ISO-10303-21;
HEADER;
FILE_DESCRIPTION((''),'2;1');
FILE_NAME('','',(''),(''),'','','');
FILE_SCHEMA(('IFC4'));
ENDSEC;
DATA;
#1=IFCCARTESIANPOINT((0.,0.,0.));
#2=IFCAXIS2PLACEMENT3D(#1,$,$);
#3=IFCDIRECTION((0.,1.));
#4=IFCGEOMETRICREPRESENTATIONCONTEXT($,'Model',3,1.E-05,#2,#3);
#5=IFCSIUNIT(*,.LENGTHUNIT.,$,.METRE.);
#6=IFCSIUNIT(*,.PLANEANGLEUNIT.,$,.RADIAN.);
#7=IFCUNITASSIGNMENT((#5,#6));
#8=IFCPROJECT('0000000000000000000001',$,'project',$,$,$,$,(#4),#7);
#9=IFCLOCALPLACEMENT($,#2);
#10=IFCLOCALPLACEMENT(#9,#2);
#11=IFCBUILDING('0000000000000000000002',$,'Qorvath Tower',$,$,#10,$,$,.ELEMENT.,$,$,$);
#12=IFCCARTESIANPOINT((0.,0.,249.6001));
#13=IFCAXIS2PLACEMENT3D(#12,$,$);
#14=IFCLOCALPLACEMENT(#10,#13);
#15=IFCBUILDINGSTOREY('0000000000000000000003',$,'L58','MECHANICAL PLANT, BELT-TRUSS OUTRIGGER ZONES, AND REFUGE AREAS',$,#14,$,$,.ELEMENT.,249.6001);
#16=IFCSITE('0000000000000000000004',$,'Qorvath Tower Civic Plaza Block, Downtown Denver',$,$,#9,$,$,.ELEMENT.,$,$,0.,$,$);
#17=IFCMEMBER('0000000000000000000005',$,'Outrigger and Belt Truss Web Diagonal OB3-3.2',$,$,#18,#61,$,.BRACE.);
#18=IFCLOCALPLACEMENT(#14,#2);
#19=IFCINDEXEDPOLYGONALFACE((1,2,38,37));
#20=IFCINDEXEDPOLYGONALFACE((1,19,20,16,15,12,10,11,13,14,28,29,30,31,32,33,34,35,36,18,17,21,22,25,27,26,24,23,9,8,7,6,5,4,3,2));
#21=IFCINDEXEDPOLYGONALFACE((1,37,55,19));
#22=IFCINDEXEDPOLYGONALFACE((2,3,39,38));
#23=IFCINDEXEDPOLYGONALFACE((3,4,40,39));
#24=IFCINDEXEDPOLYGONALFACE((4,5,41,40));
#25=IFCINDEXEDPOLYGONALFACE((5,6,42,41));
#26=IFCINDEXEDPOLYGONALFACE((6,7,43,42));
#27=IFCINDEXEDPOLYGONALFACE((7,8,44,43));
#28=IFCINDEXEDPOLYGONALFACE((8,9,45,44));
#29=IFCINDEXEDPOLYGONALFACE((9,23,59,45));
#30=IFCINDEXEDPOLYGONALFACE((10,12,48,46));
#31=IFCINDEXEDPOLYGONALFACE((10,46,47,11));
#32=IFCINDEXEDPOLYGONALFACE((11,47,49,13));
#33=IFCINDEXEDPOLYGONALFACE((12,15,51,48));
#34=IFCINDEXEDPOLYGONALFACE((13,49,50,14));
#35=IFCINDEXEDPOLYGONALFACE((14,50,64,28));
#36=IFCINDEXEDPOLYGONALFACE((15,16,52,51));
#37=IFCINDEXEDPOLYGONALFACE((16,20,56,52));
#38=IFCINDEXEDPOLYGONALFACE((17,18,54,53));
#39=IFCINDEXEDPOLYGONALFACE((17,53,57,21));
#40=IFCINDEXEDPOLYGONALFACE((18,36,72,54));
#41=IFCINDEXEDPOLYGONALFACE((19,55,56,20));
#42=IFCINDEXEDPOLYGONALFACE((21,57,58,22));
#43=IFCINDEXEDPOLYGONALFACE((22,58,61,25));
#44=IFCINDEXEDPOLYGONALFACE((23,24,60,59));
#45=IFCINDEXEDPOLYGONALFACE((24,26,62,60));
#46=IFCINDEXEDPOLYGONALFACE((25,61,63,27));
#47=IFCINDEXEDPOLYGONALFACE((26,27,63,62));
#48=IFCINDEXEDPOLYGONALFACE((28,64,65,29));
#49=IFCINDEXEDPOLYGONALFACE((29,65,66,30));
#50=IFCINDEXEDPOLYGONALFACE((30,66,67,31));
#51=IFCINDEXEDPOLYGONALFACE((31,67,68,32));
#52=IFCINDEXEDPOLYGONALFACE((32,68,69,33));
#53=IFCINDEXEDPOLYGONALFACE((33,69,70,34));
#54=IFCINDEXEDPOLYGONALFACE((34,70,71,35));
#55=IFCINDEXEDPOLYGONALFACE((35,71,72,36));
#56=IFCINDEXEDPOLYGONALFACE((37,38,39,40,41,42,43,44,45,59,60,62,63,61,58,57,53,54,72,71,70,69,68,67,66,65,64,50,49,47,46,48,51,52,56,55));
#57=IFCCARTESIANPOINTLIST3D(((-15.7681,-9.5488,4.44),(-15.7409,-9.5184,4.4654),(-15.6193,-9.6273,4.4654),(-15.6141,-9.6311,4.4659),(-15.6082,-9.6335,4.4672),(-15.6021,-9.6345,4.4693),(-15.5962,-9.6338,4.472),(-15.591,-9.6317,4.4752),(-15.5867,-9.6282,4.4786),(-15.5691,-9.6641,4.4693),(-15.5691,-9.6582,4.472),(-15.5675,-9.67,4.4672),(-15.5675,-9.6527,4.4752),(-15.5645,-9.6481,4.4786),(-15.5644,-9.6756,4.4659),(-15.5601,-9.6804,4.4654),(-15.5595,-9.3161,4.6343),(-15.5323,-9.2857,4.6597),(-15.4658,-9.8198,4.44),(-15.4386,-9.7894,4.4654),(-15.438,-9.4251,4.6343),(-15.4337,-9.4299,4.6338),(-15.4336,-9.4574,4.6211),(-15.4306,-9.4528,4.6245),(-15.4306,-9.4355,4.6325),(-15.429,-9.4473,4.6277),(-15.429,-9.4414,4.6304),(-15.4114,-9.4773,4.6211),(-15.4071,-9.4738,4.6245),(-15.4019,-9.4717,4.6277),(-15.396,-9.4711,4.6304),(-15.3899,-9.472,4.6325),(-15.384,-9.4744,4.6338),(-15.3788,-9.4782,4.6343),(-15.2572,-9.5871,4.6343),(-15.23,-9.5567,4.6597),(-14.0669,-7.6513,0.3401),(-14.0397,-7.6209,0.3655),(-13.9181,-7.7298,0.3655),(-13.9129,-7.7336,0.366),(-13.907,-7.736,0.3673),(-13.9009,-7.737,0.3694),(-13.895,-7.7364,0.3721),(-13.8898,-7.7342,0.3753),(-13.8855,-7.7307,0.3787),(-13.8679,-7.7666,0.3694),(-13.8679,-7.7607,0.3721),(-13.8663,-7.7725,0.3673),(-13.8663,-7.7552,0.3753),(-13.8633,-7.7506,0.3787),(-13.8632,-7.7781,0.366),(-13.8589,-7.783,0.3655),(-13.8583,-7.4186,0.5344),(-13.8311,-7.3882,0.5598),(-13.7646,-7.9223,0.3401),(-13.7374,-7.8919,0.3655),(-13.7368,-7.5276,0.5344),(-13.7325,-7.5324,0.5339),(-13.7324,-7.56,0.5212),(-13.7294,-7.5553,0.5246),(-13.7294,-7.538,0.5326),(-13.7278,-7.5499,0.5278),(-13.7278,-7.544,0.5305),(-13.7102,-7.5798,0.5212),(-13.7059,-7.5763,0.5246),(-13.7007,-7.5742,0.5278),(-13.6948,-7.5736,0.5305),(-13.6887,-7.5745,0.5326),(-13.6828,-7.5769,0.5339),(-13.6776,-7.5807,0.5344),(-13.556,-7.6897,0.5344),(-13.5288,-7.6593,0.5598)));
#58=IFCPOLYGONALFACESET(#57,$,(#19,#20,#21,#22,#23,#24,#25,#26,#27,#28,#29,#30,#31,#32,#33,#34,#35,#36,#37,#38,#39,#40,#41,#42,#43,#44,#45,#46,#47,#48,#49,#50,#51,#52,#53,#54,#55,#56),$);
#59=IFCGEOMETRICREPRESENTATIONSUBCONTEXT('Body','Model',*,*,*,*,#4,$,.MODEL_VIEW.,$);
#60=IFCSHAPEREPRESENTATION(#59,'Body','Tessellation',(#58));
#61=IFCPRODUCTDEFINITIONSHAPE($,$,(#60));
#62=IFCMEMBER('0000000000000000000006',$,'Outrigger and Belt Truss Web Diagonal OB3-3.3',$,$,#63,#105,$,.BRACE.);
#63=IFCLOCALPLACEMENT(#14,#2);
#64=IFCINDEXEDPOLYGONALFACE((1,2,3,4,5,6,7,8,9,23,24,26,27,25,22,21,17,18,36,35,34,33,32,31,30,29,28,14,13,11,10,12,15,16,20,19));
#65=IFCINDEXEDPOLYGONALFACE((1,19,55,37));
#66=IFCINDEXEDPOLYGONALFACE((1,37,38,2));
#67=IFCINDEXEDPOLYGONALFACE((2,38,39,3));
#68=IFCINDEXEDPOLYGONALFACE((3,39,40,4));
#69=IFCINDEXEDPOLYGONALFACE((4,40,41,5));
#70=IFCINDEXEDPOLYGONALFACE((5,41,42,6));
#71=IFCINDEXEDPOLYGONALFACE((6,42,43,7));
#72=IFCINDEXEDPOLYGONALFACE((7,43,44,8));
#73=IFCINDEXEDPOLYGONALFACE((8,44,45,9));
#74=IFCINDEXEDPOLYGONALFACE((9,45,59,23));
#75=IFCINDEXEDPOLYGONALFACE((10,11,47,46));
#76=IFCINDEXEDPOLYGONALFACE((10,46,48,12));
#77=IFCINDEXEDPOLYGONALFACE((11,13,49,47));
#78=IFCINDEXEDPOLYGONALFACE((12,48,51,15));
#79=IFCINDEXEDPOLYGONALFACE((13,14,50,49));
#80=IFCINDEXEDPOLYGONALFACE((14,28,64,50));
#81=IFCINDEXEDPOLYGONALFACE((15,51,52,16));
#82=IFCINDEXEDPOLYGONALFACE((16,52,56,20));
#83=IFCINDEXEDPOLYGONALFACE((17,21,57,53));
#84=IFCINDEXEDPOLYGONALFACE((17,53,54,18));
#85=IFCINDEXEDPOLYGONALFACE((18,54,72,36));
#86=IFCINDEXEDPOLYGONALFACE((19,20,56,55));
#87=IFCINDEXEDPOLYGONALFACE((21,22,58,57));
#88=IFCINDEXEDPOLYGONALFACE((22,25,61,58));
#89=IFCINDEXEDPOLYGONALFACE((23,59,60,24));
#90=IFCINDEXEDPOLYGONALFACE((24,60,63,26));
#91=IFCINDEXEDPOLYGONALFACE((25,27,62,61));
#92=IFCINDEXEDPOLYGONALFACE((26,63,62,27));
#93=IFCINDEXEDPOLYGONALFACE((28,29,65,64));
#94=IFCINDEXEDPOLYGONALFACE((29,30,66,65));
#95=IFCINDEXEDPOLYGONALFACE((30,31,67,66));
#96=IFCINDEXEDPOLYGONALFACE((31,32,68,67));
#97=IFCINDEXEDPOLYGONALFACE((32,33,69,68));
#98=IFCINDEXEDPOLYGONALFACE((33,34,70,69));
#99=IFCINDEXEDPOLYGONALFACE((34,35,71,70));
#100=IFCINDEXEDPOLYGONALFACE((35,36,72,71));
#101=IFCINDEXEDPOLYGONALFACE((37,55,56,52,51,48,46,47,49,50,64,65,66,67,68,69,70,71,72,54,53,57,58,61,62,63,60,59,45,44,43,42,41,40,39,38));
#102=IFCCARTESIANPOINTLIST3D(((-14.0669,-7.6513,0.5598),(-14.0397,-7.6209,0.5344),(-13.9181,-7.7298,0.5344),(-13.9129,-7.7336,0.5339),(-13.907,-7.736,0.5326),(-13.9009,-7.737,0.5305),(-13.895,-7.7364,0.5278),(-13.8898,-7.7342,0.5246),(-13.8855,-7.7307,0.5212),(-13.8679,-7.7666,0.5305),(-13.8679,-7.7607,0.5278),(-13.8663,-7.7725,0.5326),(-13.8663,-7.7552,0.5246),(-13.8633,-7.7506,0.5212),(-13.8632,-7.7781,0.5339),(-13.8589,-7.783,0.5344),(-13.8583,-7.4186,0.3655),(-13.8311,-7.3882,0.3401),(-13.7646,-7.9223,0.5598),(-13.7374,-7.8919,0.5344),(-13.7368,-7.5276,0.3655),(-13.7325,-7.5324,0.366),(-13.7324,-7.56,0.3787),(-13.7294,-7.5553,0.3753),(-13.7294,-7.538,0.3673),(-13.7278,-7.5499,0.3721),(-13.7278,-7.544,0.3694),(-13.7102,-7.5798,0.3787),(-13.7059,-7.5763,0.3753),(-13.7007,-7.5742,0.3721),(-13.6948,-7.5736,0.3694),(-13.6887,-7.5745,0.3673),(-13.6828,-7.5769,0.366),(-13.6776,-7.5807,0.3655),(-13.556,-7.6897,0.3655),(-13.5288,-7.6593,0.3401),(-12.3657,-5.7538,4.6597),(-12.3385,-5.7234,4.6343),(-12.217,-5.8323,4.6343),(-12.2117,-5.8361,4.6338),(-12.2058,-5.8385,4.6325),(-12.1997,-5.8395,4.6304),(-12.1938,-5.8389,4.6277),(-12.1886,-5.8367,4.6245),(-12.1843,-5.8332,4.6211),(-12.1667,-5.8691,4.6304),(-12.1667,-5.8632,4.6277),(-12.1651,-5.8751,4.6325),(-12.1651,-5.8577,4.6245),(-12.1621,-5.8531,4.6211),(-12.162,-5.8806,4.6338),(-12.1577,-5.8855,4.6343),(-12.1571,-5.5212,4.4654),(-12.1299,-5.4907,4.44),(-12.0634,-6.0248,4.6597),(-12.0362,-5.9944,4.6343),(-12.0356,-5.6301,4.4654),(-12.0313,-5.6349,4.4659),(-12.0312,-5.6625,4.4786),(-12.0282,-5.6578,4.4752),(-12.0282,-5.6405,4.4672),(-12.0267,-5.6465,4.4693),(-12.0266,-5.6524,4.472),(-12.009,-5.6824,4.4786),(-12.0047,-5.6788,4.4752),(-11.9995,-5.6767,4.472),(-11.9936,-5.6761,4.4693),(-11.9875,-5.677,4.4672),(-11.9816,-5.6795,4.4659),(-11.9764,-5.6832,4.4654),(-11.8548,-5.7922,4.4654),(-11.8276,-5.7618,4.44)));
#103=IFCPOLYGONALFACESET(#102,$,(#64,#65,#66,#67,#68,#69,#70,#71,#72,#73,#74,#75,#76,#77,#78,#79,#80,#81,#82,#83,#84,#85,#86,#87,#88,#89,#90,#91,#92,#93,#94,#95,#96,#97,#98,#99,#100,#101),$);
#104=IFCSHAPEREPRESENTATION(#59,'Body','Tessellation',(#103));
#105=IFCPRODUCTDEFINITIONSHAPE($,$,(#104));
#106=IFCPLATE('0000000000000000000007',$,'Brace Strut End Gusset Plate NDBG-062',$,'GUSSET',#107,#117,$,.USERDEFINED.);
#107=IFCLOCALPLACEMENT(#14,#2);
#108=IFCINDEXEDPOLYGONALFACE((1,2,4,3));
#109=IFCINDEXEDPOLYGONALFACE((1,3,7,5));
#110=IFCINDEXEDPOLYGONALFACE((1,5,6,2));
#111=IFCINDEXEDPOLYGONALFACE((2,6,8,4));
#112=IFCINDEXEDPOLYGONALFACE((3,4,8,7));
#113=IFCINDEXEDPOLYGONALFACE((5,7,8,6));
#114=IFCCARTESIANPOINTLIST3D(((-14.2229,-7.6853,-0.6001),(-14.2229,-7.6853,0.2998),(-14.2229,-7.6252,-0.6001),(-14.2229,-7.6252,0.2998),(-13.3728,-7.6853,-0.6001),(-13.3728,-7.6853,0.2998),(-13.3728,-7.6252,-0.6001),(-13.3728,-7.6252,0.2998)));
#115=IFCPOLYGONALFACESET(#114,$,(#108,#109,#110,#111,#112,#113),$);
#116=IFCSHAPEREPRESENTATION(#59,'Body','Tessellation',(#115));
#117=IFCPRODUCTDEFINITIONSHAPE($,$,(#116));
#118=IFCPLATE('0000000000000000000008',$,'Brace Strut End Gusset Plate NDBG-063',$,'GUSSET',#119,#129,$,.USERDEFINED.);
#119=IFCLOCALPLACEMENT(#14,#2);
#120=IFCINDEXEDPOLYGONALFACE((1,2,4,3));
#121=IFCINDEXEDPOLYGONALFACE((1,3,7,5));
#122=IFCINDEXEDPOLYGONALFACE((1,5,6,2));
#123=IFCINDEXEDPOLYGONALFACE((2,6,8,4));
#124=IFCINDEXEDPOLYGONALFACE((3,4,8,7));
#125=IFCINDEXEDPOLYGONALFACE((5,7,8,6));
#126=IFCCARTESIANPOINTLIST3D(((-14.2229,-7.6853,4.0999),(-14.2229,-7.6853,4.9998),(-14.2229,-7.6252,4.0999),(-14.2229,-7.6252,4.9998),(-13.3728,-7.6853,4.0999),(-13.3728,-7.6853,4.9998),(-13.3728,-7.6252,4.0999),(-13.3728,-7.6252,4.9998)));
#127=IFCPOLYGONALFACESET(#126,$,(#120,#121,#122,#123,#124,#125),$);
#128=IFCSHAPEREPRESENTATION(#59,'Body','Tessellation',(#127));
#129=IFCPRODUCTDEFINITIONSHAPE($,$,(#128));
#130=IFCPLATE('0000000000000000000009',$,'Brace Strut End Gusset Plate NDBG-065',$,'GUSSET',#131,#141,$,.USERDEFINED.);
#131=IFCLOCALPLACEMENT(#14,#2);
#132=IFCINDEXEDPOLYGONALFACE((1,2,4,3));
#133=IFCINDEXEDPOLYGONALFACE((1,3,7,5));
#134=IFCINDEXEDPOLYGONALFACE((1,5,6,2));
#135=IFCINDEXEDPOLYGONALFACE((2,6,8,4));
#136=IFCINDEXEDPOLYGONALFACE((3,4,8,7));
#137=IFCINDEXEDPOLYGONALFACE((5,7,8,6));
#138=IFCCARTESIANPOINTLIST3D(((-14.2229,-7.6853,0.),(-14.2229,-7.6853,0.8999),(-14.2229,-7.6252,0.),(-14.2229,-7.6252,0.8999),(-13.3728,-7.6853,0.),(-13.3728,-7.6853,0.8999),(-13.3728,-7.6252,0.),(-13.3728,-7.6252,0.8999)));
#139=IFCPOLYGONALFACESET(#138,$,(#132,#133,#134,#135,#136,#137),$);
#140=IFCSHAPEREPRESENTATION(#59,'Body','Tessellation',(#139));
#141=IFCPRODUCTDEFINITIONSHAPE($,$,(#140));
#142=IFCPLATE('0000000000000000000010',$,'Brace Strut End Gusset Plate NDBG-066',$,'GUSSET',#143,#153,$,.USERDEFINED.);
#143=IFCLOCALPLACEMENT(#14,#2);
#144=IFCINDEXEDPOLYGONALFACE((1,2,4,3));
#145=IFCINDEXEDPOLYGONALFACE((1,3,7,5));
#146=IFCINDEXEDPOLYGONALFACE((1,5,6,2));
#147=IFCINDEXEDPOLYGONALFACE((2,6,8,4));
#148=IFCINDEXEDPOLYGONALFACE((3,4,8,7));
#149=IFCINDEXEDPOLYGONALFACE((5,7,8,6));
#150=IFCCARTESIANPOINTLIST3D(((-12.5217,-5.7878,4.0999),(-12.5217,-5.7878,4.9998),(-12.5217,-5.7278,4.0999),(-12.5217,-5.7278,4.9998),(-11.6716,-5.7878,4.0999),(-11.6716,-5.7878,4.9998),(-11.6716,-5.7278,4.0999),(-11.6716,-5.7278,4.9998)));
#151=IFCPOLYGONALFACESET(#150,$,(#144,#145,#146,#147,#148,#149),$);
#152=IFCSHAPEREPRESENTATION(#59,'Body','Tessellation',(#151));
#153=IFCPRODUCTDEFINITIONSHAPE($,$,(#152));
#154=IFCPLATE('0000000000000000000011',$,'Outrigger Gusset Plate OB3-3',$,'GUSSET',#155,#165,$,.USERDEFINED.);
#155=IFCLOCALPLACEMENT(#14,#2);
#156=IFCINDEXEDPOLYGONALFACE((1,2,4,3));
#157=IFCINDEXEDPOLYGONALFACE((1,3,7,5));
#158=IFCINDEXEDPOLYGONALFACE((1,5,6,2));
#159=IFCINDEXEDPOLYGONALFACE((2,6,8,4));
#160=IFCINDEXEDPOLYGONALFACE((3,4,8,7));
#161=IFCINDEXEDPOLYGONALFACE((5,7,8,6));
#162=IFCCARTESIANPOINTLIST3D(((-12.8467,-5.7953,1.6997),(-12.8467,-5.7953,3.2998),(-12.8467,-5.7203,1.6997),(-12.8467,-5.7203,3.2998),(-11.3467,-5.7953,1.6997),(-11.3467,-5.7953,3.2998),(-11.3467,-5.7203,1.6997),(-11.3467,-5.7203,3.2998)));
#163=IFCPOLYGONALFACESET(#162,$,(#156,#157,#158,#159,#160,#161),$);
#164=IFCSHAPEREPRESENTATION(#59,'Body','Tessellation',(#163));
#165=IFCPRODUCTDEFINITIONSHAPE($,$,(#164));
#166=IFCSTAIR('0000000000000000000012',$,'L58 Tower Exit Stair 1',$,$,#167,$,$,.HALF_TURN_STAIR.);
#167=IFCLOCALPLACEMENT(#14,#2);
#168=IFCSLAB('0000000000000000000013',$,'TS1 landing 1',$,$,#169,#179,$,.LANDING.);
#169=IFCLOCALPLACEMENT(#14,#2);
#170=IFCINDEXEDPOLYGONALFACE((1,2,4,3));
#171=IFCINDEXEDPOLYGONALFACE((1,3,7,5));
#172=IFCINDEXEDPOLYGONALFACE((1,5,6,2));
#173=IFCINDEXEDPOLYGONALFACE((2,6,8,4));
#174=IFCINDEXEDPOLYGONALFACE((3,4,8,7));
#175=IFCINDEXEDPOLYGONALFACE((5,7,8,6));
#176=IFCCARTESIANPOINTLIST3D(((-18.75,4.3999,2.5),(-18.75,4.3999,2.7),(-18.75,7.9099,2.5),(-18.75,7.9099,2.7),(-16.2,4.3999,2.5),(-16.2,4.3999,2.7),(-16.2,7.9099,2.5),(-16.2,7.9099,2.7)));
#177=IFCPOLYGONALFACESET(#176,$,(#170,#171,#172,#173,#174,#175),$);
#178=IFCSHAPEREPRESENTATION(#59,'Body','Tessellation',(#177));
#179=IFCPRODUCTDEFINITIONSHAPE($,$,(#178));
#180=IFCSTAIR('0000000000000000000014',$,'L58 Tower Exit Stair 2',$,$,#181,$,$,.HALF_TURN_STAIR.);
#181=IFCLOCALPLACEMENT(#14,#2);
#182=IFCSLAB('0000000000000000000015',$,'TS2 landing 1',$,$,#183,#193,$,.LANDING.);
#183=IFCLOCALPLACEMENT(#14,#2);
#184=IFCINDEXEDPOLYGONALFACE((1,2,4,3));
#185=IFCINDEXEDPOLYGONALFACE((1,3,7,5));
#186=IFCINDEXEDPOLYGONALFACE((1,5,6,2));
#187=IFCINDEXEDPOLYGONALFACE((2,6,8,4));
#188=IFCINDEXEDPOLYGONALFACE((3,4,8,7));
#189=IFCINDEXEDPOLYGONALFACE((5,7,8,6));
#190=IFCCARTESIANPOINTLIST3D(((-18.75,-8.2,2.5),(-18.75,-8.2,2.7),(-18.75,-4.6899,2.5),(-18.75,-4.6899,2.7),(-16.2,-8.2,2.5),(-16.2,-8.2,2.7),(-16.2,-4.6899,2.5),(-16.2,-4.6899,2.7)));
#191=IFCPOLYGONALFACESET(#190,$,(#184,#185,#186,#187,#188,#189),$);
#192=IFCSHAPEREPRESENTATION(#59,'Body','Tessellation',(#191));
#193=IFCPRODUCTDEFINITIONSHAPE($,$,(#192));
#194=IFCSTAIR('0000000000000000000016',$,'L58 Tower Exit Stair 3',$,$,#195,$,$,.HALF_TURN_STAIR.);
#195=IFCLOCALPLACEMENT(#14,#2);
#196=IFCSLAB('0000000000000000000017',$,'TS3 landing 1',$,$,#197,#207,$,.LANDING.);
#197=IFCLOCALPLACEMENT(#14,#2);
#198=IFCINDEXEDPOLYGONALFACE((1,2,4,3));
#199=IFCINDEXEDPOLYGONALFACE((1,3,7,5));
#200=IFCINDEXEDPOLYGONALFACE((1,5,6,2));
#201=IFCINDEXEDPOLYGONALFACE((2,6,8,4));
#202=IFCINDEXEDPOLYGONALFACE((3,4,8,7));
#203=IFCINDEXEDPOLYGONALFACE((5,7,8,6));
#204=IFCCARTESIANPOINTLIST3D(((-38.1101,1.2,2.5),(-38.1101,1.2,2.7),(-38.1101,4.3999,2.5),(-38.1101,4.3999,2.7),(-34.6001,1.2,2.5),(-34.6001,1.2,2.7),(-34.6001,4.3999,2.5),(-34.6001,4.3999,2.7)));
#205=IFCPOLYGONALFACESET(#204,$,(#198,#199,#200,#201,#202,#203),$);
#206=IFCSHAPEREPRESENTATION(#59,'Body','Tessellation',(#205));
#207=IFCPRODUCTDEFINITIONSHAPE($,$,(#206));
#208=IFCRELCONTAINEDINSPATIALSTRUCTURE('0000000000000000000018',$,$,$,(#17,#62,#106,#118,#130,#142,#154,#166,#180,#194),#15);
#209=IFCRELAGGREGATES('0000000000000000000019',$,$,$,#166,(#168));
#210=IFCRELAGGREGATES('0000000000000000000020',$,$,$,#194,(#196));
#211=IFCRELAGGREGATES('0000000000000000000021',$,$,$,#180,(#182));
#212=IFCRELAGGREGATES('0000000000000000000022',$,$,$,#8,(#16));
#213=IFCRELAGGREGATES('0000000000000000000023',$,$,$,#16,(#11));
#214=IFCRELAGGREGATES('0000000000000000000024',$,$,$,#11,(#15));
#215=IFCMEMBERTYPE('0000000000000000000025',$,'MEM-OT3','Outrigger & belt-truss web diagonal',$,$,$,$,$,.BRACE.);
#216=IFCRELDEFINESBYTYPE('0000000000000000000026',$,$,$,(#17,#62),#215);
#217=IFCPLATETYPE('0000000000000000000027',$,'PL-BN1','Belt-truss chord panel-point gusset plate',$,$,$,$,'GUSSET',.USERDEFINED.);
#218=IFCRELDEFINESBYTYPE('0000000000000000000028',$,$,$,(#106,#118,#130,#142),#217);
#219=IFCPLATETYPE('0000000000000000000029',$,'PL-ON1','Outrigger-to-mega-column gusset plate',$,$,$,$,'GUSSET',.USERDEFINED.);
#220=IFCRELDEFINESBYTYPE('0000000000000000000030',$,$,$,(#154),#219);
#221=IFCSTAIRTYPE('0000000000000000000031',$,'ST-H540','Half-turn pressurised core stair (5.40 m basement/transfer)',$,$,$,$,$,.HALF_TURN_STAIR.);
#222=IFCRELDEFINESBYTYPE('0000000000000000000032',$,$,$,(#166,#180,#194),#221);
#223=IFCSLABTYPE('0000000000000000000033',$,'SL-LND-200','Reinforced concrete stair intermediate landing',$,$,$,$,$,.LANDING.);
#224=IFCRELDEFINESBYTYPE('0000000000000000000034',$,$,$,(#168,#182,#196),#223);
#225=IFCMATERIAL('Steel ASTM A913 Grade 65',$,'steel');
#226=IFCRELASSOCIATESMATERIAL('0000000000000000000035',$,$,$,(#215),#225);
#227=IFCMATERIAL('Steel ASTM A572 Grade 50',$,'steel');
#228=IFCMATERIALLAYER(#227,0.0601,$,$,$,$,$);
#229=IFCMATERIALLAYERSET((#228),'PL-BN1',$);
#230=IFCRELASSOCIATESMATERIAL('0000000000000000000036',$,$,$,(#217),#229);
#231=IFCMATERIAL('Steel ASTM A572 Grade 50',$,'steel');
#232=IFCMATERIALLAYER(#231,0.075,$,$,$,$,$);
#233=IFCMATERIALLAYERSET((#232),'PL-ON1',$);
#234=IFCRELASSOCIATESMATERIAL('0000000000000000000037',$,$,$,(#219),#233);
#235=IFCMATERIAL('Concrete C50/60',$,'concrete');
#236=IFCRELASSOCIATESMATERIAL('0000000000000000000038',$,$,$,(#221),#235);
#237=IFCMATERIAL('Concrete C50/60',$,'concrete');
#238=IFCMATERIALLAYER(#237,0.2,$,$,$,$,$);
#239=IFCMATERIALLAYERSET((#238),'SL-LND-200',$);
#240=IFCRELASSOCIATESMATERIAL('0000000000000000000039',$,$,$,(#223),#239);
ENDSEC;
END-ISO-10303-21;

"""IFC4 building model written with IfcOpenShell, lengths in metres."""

from ifc_helpers import new_model, si_unit, direction, frame, origin, origin_2d, place, context, subcontext, project, spatial, polyline, rectangle, i_section, outline, extrude, material, layer, layer_set, material_profile, profile_set, type_object, element, aggregate, save


model = new_model("IFC4")

# Units and contexts
model_context = context("Model", 3, precision=1e-05, world=origin(), true_north=direction((0.0, 1.0)))
body_context = subcontext(model_context, "Body", "Model", "MODEL_VIEW")
ifc_project = project(units=[si_unit("LENGTHUNIT", "METRE"), si_unit("PLANEANGLEUNIT", "RADIAN")], contexts=[model_context])

# Site, building, storey
site_placement = place(None, origin())
site = spatial("IfcSite", under=ifc_project, at=site_placement, Name="Qorvath Tower Civic Plaza Block, Downtown Denver", CompositionType="ELEMENT", RefElevation=0.0)
building_placement = place(site_placement, origin())
building = spatial("IfcBuilding", under=site, at=building_placement, Name="Qorvath Tower", CompositionType="ELEMENT")
storey_placement = place(building_placement, frame((0.0, 0.0, 249.6001)))
storey = spatial("IfcBuildingStorey", under=building, at=storey_placement, Name="L58", Description="MECHANICAL PLANT, BELT-TRUSS OUTRIGGER ZONES, AND REFUGE AREAS", CompositionType="ELEMENT", Elevation=249.6001)

# Members
ifc_material_1 = material(Name="Steel ASTM A913 Grade 65", Category="steel")
ifc_material_profile_1 = material_profile(ifc_material_1, i_section(OverallWidth=0.406, OverallDepth=0.416, WebThickness=0.0298, FlangeThickness=0.0481, FilletRadius=0.0249, at=origin_2d()), Name="W14x257")
ifc_profile_set_1 = profile_set([ifc_material_profile_1], Name="Steel ASTM A913 Grade 65")
member_type_1 = type_object("IfcMemberType", Name="MEM-OT3", Description="Outrigger & belt-truss web diagonal", PredefinedType="BRACE", material=ifc_profile_set_1)
for number, where, z_axis, x_axis, name in (
    (1, (-13.7979, -7.6553, 0.45), (-0.352404, -0.393066, 0.8493), (0.744569, -0.667545, 0.0), "Outrigger and Belt Truss Web Diagonal OB3-3.2"),
    (2, (-13.7979, -7.6553, 0.45), (0.352404, 0.393066, 0.8493), (-0.744569, 0.667545, 0.0), "Outrigger and Belt Truss Web Diagonal OB3-3.3"),
):
    element("IfcMember", number, at=place(storey_placement, frame(where, z_axis=z_axis, x_axis=x_axis)), inside=storey, type_object=member_type_1, Name=name, PredefinedType="BRACE", context=body_context, shape_type="SweptSolid", body=[
        extrude(i_section(OverallWidth=0.406, OverallDepth=0.416, WebThickness=0.0298, FlangeThickness=0.0481, FilletRadius=0.0249, at=origin_2d()), origin(), (0.0, 0.0, 1.0), 4.8274),
    ])

# Plates
ifc_material_2 = material(Name="Steel ASTM A572 Grade 50", Category="steel")
ifc_layer_1 = layer(ifc_material_2, 0.0601)
ifc_layer_set_1 = layer_set([ifc_layer_1], Name="PL-BN1")
plate_type_1 = type_object("IfcPlateType", Name="PL-BN1", Description="Belt-truss chord panel-point gusset plate", ElementType="GUSSET", PredefinedType="USERDEFINED", material=ifc_layer_set_1)
for number, where, z_axis, x_axis, name in (
    (3, (-13.7979, -7.6553, -0.6001), (0.0, 0.0, 1.0), (1.0, 0.0, 0.0), "Brace Strut End Gusset Plate NDBG-062"),
    (4, (-13.7979, -7.6553, 4.0999), (0.0, 0.0, 1.0), (1.0, 0.0, 0.0), "Brace Strut End Gusset Plate NDBG-063"),
    (5, (-13.7979, -7.6553, 0.0), (0.0, 0.0, 1.0), (1.0, 0.0, 0.0), "Brace Strut End Gusset Plate NDBG-065"),
    (6, (-12.0967, -5.7578, 4.0999), (0.0, 0.0, 1.0), (1.0, 0.0, 0.0), "Brace Strut End Gusset Plate NDBG-066"),
):
    element("IfcPlate", number, at=place(storey_placement, frame(where, z_axis=z_axis, x_axis=x_axis)), inside=storey, type_object=plate_type_1, Name=name, ObjectType="GUSSET", PredefinedType="USERDEFINED", context=body_context, shape_type="SweptSolid", body=[
        extrude(rectangle(XDim=0.8501, YDim=0.0601, at=origin_2d()), origin(), (0.0, 0.0, 1.0), 0.8999),
    ])
ifc_material_3 = material(Name="Steel ASTM A572 Grade 50", Category="steel")
ifc_layer_2 = layer(ifc_material_3, 0.075)
ifc_layer_set_2 = layer_set([ifc_layer_2], Name="PL-ON1")
plate_type_2 = type_object("IfcPlateType", Name="PL-ON1", Description="Outrigger-to-mega-column gusset plate", ElementType="GUSSET", PredefinedType="USERDEFINED", material=ifc_layer_set_2)
plate_placement = place(storey_placement, frame((-12.0967, -5.7578, 1.6997), z_axis=(0.0, 0.0, 1.0), x_axis=(1.0, 0.0, 0.0)))
element("IfcPlate", 7, at=plate_placement, inside=storey, type_object=plate_type_2, Name="Outrigger Gusset Plate OB3-3", ObjectType="GUSSET", PredefinedType="USERDEFINED", context=body_context, shape_type="SweptSolid", body=[
    extrude(rectangle(XDim=1.5, YDim=0.075, at=origin_2d()), origin(), (0.0, 0.0, 1.0), 1.6001),
])

# Stairs, slabs
ifc_material_4 = material(Name="Concrete C50/60", Category="concrete")
stair_type = type_object("IfcStairType", Name="ST-H540", Description="Half-turn pressurised core stair (5.40 m basement/transfer)", PredefinedType="HALF_TURN_STAIR", material=ifc_material_4)
stair_1_placement = place(storey_placement, origin())
stair_1 = element("IfcStair", 8, at=stair_1_placement, inside=storey, type_object=stair_type, Name="L58 Tower Exit Stair 1", PredefinedType="HALF_TURN_STAIR")
ifc_material_5 = material(Name="Concrete C50/60", Category="concrete")
ifc_layer_3 = layer(ifc_material_5, 0.2)
ifc_layer_set_3 = layer_set([ifc_layer_3], Name="SL-LND-200")
slab_type_1 = type_object("IfcSlabType", Name="SL-LND-200", Description="Reinforced concrete stair intermediate landing", PredefinedType="LANDING", material=ifc_layer_set_3)
slab_1_placement = place(storey_placement, frame((0.0, 0.0, 2.5)))
slab_1 = element("IfcSlab", 9, at=slab_1_placement, type_object=slab_type_1, Name="TS1 landing 1", PredefinedType="LANDING", context=body_context, shape_type="SweptSolid", body=[
    extrude(outline(polyline([(-18.75, 4.3999), (-16.2, 4.3999), (-16.2, 7.9099), (-18.75, 7.9099), (-18.75, 4.3999)])), origin(), (0.0, 0.0, 1.0), 0.2),
])
aggregate(stair_1, [slab_1])
stair_2_placement = place(storey_placement, origin())
stair_2 = element("IfcStair", 10, at=stair_2_placement, inside=storey, type_object=stair_type, Name="L58 Tower Exit Stair 2", PredefinedType="HALF_TURN_STAIR")
slab_2_placement = place(storey_placement, frame((0.0, 0.0, 2.5)))
slab_2 = element("IfcSlab", 11, at=slab_2_placement, type_object=slab_type_1, Name="TS2 landing 1", PredefinedType="LANDING", context=body_context, shape_type="SweptSolid", body=[
    extrude(outline(polyline([(-18.75, -8.2), (-16.2, -8.2), (-16.2, -4.6899), (-18.75, -4.6899), (-18.75, -8.2)])), origin(), (0.0, 0.0, 1.0), 0.2),
])
stair_3_placement = place(storey_placement, origin())
stair_3 = element("IfcStair", 12, at=stair_3_placement, inside=storey, type_object=stair_type, Name="L58 Tower Exit Stair 3", PredefinedType="HALF_TURN_STAIR")
slab_3_placement = place(storey_placement, frame((0.0, 0.0, 2.5)))
slab_3 = element("IfcSlab", 13, at=slab_3_placement, type_object=slab_type_1, Name="TS3 landing 1", PredefinedType="LANDING", context=body_context, shape_type="SweptSolid", body=[
    extrude(outline(polyline([(-34.6001, 1.2), (-34.6001, 4.3999), (-38.1101, 4.3999), (-38.1101, 1.2), (-34.6001, 1.2)])), origin(), (0.0, 0.0, 1.0), 0.2),
])
aggregate(stair_3, [slab_3])

aggregate(stair_2, [slab_2])

save(model, "model.ifc")
